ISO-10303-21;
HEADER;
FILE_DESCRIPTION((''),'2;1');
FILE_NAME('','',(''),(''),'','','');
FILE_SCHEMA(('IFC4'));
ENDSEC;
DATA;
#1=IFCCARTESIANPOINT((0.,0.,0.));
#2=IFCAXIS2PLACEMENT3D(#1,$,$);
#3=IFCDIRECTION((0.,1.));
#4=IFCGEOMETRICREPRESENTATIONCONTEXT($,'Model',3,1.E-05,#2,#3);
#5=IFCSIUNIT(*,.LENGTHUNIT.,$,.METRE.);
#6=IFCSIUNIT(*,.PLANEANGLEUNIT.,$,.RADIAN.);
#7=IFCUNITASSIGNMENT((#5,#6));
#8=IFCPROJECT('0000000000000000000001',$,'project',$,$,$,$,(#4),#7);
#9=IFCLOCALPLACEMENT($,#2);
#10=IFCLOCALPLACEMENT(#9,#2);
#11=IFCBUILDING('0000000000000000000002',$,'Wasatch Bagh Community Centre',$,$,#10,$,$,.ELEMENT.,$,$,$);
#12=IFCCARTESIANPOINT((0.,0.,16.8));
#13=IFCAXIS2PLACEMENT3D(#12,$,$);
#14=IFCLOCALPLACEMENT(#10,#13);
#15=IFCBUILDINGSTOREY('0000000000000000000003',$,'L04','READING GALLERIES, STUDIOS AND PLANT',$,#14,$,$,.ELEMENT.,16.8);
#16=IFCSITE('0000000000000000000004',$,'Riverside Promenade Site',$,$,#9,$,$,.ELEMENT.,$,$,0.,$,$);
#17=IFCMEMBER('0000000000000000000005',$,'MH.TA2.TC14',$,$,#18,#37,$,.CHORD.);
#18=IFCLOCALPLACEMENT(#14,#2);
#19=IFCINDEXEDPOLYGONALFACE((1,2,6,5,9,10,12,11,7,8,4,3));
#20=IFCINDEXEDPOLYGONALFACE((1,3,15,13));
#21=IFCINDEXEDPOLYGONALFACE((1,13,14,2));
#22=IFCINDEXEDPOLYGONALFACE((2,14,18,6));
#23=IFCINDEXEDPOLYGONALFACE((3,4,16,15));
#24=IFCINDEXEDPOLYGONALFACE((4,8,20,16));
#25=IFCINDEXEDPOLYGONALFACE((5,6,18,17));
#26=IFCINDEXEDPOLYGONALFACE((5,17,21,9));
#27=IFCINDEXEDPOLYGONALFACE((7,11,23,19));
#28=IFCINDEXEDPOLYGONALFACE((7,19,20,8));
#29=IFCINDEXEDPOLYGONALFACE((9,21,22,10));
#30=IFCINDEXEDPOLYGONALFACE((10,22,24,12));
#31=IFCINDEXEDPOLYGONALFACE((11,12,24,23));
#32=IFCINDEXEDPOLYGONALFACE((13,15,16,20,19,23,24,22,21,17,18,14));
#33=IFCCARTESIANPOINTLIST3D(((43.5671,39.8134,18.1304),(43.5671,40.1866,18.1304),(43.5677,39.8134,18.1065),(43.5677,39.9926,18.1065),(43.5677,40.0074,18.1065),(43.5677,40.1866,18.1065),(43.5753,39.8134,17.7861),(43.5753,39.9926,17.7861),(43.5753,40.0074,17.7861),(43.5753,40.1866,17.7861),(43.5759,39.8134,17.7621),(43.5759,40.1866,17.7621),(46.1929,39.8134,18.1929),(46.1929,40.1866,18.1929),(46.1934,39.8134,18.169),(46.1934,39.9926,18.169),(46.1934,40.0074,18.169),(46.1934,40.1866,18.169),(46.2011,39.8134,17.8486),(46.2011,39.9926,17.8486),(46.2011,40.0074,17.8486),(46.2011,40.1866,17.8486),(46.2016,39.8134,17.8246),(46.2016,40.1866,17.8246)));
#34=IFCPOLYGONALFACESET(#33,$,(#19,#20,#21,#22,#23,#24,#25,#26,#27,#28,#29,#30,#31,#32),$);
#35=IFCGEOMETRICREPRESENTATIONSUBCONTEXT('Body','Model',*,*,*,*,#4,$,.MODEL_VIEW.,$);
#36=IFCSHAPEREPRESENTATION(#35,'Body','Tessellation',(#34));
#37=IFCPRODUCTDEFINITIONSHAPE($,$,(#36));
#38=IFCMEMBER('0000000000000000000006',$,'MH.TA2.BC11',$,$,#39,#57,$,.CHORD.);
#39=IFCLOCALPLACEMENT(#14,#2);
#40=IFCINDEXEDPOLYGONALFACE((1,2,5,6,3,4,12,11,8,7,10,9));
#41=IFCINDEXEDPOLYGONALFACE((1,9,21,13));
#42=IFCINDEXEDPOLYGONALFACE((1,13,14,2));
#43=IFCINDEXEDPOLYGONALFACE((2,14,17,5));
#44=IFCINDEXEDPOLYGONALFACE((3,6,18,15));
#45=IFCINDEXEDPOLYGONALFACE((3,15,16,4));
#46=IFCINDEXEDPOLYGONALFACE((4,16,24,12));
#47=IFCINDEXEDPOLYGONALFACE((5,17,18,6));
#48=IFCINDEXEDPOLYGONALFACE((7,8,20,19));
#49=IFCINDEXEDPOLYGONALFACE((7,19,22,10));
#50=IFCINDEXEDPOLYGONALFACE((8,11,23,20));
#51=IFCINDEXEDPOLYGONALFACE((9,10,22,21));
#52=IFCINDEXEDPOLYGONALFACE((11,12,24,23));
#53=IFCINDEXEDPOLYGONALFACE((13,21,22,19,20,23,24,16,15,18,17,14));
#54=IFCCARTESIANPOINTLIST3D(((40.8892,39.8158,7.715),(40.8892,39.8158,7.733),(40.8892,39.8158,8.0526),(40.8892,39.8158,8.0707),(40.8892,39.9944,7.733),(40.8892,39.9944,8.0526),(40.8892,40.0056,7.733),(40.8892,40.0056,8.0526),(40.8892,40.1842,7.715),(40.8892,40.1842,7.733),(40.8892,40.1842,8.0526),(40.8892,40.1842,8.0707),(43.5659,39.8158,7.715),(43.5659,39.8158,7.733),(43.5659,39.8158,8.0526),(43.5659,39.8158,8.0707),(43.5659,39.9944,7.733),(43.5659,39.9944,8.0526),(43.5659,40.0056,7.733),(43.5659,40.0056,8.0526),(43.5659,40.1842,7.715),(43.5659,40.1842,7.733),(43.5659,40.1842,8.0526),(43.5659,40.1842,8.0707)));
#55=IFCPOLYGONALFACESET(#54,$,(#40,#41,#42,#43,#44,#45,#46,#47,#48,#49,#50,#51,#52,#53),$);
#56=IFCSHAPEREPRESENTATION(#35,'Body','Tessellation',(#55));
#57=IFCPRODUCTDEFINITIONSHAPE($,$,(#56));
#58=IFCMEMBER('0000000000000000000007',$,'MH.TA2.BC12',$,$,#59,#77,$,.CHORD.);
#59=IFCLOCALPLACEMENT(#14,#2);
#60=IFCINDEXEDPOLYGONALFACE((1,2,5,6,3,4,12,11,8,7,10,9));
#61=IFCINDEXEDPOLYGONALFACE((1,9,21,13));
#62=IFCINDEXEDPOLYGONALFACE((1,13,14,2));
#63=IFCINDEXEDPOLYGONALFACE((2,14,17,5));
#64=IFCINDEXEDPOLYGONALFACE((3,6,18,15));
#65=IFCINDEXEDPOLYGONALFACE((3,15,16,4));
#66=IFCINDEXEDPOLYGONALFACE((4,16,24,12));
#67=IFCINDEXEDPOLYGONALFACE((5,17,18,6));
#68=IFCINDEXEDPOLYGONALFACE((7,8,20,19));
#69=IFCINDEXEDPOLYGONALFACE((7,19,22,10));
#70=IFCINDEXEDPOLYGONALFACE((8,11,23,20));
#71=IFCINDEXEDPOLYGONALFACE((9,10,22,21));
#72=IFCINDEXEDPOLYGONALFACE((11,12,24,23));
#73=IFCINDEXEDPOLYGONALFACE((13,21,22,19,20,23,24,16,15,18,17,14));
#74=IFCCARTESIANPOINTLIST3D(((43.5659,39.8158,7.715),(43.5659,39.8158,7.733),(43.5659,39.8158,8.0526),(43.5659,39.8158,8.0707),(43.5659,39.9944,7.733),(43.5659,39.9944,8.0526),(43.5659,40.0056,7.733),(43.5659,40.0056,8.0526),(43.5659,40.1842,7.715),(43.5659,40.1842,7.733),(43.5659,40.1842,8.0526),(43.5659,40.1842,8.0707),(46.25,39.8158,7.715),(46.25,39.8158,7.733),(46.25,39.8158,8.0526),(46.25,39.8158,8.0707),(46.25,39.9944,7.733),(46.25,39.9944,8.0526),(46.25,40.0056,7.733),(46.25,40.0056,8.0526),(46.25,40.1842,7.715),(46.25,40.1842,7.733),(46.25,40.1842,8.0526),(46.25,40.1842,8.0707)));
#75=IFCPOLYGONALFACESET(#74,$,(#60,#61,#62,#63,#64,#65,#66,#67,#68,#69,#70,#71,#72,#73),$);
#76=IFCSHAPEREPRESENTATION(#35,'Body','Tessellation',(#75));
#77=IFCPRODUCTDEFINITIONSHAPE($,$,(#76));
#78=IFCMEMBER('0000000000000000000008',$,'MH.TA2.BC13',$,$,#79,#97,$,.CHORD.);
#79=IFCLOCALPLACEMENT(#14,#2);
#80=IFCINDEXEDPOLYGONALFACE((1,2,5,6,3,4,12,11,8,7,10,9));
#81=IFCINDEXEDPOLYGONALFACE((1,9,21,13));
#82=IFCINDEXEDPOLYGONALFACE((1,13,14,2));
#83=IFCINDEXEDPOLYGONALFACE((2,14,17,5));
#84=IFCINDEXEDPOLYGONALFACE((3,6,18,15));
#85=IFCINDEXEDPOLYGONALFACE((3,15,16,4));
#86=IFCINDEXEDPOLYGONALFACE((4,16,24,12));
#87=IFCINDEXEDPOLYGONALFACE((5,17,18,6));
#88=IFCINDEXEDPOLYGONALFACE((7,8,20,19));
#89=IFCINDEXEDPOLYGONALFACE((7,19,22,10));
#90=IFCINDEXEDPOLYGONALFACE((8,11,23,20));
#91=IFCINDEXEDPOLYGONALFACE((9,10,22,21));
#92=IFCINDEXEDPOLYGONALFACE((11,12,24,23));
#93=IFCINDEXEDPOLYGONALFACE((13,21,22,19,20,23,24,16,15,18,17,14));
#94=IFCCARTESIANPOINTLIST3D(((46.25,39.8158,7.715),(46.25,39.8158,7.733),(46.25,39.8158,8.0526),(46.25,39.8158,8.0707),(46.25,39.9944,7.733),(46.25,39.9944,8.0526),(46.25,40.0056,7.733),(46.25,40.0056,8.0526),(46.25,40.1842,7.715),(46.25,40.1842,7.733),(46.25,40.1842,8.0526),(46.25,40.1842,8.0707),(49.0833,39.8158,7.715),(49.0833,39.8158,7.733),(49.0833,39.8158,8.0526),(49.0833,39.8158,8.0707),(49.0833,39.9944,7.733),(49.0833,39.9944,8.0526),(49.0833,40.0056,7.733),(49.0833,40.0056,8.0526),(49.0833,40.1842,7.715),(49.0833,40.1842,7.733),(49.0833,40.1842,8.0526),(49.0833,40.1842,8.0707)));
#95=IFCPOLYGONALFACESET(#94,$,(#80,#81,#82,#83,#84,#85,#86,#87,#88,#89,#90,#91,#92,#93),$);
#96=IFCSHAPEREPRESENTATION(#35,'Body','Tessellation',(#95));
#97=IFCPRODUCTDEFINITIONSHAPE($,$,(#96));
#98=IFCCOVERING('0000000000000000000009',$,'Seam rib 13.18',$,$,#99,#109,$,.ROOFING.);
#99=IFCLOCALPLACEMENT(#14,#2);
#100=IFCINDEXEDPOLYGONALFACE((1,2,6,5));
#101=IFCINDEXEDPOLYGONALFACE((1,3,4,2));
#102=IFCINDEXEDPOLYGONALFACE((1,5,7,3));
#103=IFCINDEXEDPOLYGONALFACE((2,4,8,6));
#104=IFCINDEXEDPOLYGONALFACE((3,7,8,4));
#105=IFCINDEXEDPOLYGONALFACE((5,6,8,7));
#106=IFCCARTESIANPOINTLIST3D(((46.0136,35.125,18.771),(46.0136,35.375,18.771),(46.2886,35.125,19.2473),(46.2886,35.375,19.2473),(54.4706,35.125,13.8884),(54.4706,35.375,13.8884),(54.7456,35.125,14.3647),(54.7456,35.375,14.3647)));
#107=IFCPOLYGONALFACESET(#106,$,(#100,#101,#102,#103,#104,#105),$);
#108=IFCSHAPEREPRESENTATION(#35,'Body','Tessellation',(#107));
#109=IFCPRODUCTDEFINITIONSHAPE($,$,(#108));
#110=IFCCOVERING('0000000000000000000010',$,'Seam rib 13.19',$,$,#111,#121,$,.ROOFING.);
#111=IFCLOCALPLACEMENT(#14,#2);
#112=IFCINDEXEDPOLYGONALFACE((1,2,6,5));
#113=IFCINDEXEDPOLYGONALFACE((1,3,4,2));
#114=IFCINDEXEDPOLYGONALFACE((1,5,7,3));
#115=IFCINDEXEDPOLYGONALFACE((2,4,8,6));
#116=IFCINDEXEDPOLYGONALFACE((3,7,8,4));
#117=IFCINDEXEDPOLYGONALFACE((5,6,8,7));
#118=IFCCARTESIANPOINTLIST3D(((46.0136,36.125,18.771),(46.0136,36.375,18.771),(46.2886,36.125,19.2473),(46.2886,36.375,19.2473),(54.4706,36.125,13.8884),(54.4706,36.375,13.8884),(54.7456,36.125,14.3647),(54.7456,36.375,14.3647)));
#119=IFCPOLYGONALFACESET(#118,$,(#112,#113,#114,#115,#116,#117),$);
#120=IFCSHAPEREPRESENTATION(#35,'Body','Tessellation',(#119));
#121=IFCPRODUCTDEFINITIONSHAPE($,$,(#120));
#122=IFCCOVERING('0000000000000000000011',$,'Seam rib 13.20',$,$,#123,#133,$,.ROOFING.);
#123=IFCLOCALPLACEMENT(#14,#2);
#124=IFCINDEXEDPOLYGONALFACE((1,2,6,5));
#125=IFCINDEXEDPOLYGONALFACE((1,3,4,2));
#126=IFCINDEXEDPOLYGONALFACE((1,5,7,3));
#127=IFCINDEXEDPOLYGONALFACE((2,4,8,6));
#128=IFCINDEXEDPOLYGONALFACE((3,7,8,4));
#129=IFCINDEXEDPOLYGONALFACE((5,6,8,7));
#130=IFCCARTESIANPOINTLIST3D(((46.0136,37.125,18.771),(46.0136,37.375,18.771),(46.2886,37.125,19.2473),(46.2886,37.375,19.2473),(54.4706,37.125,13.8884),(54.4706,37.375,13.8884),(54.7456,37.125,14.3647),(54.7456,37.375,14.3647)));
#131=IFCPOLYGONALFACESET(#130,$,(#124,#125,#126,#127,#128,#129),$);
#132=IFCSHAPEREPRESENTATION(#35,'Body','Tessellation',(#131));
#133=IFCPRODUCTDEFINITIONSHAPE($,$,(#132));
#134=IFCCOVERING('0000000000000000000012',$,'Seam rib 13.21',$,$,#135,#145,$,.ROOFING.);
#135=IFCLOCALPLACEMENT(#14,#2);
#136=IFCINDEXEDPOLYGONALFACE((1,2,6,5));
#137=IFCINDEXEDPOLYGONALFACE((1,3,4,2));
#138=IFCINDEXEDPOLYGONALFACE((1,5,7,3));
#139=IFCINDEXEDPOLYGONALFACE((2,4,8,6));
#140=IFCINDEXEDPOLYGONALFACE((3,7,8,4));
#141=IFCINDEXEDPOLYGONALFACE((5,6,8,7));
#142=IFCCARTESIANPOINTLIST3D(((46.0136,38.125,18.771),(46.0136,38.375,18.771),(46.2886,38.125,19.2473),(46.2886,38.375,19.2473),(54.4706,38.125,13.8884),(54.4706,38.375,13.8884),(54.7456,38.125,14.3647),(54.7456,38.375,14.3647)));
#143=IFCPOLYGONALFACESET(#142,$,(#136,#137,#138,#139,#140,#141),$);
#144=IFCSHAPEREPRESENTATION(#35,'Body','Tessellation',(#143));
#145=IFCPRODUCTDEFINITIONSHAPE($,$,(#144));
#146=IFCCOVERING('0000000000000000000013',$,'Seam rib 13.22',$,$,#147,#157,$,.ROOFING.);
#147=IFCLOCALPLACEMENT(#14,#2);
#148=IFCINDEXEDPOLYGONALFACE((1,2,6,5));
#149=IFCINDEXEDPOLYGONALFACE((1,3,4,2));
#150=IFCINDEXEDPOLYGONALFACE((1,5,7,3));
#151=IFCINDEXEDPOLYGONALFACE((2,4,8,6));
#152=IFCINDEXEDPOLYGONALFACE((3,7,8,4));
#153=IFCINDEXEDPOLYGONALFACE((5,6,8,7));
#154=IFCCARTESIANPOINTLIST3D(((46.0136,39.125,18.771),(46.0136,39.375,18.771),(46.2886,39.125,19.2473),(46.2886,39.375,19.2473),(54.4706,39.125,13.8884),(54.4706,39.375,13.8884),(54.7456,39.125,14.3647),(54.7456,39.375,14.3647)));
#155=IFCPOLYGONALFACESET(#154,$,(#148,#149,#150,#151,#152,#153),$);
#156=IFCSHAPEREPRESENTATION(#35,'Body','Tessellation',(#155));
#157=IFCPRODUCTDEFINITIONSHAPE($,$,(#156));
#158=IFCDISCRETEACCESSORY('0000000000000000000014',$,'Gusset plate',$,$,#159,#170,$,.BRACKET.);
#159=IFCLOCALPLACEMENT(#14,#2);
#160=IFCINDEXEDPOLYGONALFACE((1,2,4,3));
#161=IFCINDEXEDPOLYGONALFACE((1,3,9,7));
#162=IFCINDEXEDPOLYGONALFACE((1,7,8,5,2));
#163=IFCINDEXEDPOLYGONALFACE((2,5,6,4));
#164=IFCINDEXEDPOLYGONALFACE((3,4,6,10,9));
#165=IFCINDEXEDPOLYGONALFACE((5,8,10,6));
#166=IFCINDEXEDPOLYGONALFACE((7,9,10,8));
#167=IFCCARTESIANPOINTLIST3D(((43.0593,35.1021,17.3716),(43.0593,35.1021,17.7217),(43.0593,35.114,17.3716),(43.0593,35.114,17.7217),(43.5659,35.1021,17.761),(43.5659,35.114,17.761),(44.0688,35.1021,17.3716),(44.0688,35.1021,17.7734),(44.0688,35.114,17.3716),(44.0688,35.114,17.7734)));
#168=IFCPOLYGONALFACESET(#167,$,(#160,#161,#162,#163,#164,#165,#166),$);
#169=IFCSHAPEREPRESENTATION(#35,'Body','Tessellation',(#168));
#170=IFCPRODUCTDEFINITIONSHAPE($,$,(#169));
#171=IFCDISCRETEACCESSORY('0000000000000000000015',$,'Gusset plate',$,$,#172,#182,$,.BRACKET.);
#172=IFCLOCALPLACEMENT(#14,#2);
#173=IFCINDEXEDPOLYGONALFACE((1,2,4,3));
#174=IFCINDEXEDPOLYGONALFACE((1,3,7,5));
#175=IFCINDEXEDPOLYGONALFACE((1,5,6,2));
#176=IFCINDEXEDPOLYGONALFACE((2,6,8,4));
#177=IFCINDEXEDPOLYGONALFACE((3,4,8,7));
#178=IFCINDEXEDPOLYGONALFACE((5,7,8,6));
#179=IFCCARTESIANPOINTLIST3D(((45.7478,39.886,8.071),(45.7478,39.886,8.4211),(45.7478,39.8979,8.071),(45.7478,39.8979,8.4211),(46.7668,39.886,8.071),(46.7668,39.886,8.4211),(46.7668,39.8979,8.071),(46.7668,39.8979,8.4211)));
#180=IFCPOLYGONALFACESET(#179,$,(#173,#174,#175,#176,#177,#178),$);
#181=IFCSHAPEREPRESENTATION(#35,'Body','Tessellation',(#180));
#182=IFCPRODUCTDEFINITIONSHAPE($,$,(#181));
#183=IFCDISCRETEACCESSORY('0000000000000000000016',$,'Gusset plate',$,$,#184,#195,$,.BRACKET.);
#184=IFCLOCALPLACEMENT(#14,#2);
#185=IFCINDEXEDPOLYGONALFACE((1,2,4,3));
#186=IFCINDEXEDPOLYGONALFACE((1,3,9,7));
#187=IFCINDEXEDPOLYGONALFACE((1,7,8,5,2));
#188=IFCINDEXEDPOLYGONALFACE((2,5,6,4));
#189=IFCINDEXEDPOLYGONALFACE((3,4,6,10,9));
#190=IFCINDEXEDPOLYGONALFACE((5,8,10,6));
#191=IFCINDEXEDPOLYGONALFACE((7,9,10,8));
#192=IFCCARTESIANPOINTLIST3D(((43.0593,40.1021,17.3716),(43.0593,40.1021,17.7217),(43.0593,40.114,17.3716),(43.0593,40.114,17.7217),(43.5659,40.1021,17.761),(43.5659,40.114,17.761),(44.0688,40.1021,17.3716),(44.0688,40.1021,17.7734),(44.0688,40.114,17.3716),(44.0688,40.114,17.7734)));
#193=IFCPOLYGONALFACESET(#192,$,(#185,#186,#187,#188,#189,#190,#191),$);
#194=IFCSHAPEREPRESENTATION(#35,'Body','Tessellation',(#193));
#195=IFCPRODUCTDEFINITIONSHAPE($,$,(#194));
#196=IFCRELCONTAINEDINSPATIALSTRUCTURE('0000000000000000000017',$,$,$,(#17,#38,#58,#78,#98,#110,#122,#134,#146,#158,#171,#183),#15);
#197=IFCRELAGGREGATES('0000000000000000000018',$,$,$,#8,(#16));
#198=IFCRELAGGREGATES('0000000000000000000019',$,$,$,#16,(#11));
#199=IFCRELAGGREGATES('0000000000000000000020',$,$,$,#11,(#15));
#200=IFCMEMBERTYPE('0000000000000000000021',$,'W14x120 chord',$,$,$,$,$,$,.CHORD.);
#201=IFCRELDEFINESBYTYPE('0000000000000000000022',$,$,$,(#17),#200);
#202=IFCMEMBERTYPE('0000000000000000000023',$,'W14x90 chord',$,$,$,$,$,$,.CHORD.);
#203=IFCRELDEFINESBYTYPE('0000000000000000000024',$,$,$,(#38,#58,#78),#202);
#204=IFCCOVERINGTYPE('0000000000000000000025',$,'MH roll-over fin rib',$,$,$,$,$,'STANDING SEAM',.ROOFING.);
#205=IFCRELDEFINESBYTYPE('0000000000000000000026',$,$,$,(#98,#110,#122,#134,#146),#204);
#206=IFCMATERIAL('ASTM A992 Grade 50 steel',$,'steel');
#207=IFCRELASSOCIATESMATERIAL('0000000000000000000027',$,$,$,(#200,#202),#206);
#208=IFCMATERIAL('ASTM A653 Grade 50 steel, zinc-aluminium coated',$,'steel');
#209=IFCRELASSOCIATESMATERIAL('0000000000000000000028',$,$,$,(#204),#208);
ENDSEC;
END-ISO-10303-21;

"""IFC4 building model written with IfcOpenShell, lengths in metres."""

from ifc_helpers import new_model, si_unit, direction, frame, origin, origin_2d, place, context, subcontext, project, spatial, polyline, i_section, outline, extrude, material, material_profile, profile_set, type_object, element, save


model = new_model("IFC4")

# Units and contexts
model_context = context("Model", 3, precision=1e-05, world=origin(), true_north=direction((0.0, 1.0)))
body_context = subcontext(model_context, "Body", "Model", "MODEL_VIEW")
ifc_project = project(units=[si_unit("LENGTHUNIT", "METRE"), si_unit("PLANEANGLEUNIT", "RADIAN")], contexts=[model_context])

# Site, building, storey
site_placement = place(None, origin())
site = spatial("IfcSite", under=ifc_project, at=site_placement, Name="Riverside Promenade Site", CompositionType="ELEMENT", RefElevation=0.0)
building_placement = place(site_placement, origin())
building = spatial("IfcBuilding", under=site, at=building_placement, Name="Wasatch Bagh Community Centre", CompositionType="ELEMENT")
storey_placement = place(building_placement, frame((0.0, 0.0, 16.8)))
storey = spatial("IfcBuildingStorey", under=building, at=storey_placement, Name="L04", Description="READING GALLERIES, STUDIOS AND PLANT", CompositionType="ELEMENT", Elevation=16.8)

# Members
ifc_material_1 = material(Name="ASTM A992 Grade 50 steel", Category="steel")
ifc_material_profile_1 = material_profile(ifc_material_1, i_section(OverallWidth=0.3733, OverallDepth=0.3684, WebThickness=0.0149, FlangeThickness=0.0239, at=origin_2d()), Name="W14x120")
ifc_profile_set_1 = profile_set([ifc_material_profile_1], Name="ASTM A992 Grade 50 steel")
member_type_1 = type_object("IfcMemberType", Name="W14x120 chord", PredefinedType="CHORD", material=ifc_profile_set_1)
member_1_placement = place(storey_placement, frame((43.5715, 40.0, 17.9463), z_axis=(0.999717, 0.0, 0.023796), x_axis=(0.0, 1.0, 0.0)))
element("IfcMember", 1, at=member_1_placement, inside=storey, type_object=member_type_1, Name="MH.TA2.TC14", PredefinedType="CHORD", context=body_context, shape_type="SweptSolid", body=[
    extrude(i_section(OverallWidth=0.3733, OverallDepth=0.3684, WebThickness=0.0149, FlangeThickness=0.0239, at=origin_2d()), origin(), (0.0, 0.0, 1.0), 2.6265),
])
ifc_material_profile_2 = material_profile(ifc_material_1, i_section(OverallWidth=0.3684, OverallDepth=0.3557, WebThickness=0.0112, FlangeThickness=0.0181, at=origin_2d()), Name="W14x90")
ifc_profile_set_2 = profile_set([ifc_material_profile_2], Name="ASTM A992 Grade 50 steel")
member_type_2 = type_object("IfcMemberType", Name="W14x90 chord", PredefinedType="CHORD", material=ifc_profile_set_2)
member_2_placement = place(storey_placement, frame((40.8892, 40.0, 7.8928), z_axis=(1.0, 0.0, 0.0), x_axis=(0.0, 1.0, 0.0)))
element("IfcMember", 2, at=member_2_placement, inside=storey, type_object=member_type_2, Name="MH.TA2.BC11", PredefinedType="CHORD", context=body_context, shape_type="SweptSolid", body=[
    extrude(i_section(OverallWidth=0.3684, OverallDepth=0.3557, WebThickness=0.0112, FlangeThickness=0.0181, at=origin_2d()), origin(), (0.0, 0.0, 1.0), 2.6768),
])
member_3_placement = place(storey_placement, frame((43.5659, 40.0, 7.8928), z_axis=(1.0, 0.0, 0.0), x_axis=(0.0, 1.0, 0.0)))
element("IfcMember", 3, at=member_3_placement, inside=storey, type_object=member_type_2, Name="MH.TA2.BC12", PredefinedType="CHORD", context=body_context, shape_type="SweptSolid", body=[
    extrude(i_section(OverallWidth=0.3684, OverallDepth=0.3557, WebThickness=0.0112, FlangeThickness=0.0181, at=origin_2d()), origin(), (0.0, 0.0, 1.0), 2.6841),
])
member_4_placement = place(storey_placement, frame((46.25, 40.0, 7.8928), z_axis=(1.0, 0.0, 0.0), x_axis=(0.0, 1.0, 0.0)))
element("IfcMember", 4, at=member_4_placement, inside=storey, type_object=member_type_2, Name="MH.TA2.BC13", PredefinedType="CHORD", context=body_context, shape_type="SweptSolid", body=[
    extrude(i_section(OverallWidth=0.3684, OverallDepth=0.3557, WebThickness=0.0112, FlangeThickness=0.0181, at=origin_2d()), origin(), (0.0, 0.0, 1.0), 2.8333),
])

# Coverings
ifc_material_2 = material(Name="ASTM A653 Grade 50 steel, zinc-aluminium coated", Category="steel")
covering_type = type_object("IfcCoveringType", Name="MH roll-over fin rib", ElementType="STANDING SEAM", PredefinedType="ROOFING", material=ifc_material_2)
for number, where, z_axis, x_axis, name in (
    (5, (46.2886, 35.125, 19.2473), (0.499992, 0.0, 0.86603), (0.86603, 0.0, -0.499992), "Seam rib 13.18"),
    (6, (46.2886, 36.125, 19.2473), (0.499992, 0.0, 0.86603), (0.86603, 0.0, -0.499992), "Seam rib 13.19"),
    (7, (46.2886, 37.125, 19.2473), (0.499992, 0.0, 0.86603), (0.86603, 0.0, -0.499992), "Seam rib 13.20"),
    (8, (46.2886, 38.125, 19.2473), (0.499992, 0.0, 0.86603), (0.86603, 0.0, -0.499992), "Seam rib 13.21"),
    (9, (46.2886, 39.125, 19.2473), (0.499992, 0.0, 0.86603), (0.86603, 0.0, -0.499992), "Seam rib 13.22"),
):
    element("IfcCovering", number, at=place(storey_placement, frame(where, z_axis=z_axis, x_axis=x_axis)), inside=storey, type_object=covering_type, Name=name, PredefinedType="ROOFING", context=body_context, shape_type="SweptSolid", body=[
        extrude(outline(polyline([(0.0, 0.0), (9.7653, 0.0), (9.7653, 0.25), (0.0, 0.25), (0.0, 0.0)])), origin(), (0.0, 0.0, -1.0), 0.55),
    ])

# Discrete accessories
discrete_accessory_1_placement = place(storey_placement, frame((43.0593, 35.114, 17.7217), z_axis=(0.0, 1.0, 0.0), x_axis=(0.997003, 0.0, 0.077358)))
element("IfcDiscreteAccessory", 10, at=discrete_accessory_1_placement, inside=storey, Name="Gusset plate", PredefinedType="BRACKET", context=body_context, shape_type="SweptSolid", body=[
    extrude(outline(polyline([(0.0, 0.0), (0.5081, 0.0), (1.0105, 0.0265), (0.9794, 0.4271), (-0.0271, 0.349), (0.0, 0.0)])), origin(), (0.0, 0.0, -1.0), 0.012),
])
discrete_accessory_2_placement = place(storey_placement, frame((45.7478, 39.886, 8.071), z_axis=(0.0, -1.0, 0.0), x_axis=(1.0, 0.0, 0.0)))
element("IfcDiscreteAccessory", 11, at=discrete_accessory_2_placement, inside=storey, Name="Gusset plate", PredefinedType="BRACKET", context=body_context, shape_type="SweptSolid", body=[
    extrude(outline(polyline([(0.0, 0.0), (1.019, 0.0), (1.019, 0.3501), (0.0, 0.3501), (0.0, 0.0)])), origin(), (0.0, 0.0, -1.0), 0.012),
])
discrete_accessory_3_placement = place(storey_placement, frame((43.0593, 40.114, 17.7217), z_axis=(0.0, 1.0, 0.0), x_axis=(0.997003, 0.0, 0.077358)))
element("IfcDiscreteAccessory", 12, at=discrete_accessory_3_placement, inside=storey, Name="Gusset plate", PredefinedType="BRACKET", context=body_context, shape_type="SweptSolid", body=[
    extrude(outline(polyline([(0.0, 0.0), (0.5081, 0.0), (1.0105, 0.0265), (0.9794, 0.4271), (-0.0271, 0.349), (0.0, 0.0)])), origin(), (0.0, 0.0, -1.0), 0.012),
])

save(model, "model.ifc")
